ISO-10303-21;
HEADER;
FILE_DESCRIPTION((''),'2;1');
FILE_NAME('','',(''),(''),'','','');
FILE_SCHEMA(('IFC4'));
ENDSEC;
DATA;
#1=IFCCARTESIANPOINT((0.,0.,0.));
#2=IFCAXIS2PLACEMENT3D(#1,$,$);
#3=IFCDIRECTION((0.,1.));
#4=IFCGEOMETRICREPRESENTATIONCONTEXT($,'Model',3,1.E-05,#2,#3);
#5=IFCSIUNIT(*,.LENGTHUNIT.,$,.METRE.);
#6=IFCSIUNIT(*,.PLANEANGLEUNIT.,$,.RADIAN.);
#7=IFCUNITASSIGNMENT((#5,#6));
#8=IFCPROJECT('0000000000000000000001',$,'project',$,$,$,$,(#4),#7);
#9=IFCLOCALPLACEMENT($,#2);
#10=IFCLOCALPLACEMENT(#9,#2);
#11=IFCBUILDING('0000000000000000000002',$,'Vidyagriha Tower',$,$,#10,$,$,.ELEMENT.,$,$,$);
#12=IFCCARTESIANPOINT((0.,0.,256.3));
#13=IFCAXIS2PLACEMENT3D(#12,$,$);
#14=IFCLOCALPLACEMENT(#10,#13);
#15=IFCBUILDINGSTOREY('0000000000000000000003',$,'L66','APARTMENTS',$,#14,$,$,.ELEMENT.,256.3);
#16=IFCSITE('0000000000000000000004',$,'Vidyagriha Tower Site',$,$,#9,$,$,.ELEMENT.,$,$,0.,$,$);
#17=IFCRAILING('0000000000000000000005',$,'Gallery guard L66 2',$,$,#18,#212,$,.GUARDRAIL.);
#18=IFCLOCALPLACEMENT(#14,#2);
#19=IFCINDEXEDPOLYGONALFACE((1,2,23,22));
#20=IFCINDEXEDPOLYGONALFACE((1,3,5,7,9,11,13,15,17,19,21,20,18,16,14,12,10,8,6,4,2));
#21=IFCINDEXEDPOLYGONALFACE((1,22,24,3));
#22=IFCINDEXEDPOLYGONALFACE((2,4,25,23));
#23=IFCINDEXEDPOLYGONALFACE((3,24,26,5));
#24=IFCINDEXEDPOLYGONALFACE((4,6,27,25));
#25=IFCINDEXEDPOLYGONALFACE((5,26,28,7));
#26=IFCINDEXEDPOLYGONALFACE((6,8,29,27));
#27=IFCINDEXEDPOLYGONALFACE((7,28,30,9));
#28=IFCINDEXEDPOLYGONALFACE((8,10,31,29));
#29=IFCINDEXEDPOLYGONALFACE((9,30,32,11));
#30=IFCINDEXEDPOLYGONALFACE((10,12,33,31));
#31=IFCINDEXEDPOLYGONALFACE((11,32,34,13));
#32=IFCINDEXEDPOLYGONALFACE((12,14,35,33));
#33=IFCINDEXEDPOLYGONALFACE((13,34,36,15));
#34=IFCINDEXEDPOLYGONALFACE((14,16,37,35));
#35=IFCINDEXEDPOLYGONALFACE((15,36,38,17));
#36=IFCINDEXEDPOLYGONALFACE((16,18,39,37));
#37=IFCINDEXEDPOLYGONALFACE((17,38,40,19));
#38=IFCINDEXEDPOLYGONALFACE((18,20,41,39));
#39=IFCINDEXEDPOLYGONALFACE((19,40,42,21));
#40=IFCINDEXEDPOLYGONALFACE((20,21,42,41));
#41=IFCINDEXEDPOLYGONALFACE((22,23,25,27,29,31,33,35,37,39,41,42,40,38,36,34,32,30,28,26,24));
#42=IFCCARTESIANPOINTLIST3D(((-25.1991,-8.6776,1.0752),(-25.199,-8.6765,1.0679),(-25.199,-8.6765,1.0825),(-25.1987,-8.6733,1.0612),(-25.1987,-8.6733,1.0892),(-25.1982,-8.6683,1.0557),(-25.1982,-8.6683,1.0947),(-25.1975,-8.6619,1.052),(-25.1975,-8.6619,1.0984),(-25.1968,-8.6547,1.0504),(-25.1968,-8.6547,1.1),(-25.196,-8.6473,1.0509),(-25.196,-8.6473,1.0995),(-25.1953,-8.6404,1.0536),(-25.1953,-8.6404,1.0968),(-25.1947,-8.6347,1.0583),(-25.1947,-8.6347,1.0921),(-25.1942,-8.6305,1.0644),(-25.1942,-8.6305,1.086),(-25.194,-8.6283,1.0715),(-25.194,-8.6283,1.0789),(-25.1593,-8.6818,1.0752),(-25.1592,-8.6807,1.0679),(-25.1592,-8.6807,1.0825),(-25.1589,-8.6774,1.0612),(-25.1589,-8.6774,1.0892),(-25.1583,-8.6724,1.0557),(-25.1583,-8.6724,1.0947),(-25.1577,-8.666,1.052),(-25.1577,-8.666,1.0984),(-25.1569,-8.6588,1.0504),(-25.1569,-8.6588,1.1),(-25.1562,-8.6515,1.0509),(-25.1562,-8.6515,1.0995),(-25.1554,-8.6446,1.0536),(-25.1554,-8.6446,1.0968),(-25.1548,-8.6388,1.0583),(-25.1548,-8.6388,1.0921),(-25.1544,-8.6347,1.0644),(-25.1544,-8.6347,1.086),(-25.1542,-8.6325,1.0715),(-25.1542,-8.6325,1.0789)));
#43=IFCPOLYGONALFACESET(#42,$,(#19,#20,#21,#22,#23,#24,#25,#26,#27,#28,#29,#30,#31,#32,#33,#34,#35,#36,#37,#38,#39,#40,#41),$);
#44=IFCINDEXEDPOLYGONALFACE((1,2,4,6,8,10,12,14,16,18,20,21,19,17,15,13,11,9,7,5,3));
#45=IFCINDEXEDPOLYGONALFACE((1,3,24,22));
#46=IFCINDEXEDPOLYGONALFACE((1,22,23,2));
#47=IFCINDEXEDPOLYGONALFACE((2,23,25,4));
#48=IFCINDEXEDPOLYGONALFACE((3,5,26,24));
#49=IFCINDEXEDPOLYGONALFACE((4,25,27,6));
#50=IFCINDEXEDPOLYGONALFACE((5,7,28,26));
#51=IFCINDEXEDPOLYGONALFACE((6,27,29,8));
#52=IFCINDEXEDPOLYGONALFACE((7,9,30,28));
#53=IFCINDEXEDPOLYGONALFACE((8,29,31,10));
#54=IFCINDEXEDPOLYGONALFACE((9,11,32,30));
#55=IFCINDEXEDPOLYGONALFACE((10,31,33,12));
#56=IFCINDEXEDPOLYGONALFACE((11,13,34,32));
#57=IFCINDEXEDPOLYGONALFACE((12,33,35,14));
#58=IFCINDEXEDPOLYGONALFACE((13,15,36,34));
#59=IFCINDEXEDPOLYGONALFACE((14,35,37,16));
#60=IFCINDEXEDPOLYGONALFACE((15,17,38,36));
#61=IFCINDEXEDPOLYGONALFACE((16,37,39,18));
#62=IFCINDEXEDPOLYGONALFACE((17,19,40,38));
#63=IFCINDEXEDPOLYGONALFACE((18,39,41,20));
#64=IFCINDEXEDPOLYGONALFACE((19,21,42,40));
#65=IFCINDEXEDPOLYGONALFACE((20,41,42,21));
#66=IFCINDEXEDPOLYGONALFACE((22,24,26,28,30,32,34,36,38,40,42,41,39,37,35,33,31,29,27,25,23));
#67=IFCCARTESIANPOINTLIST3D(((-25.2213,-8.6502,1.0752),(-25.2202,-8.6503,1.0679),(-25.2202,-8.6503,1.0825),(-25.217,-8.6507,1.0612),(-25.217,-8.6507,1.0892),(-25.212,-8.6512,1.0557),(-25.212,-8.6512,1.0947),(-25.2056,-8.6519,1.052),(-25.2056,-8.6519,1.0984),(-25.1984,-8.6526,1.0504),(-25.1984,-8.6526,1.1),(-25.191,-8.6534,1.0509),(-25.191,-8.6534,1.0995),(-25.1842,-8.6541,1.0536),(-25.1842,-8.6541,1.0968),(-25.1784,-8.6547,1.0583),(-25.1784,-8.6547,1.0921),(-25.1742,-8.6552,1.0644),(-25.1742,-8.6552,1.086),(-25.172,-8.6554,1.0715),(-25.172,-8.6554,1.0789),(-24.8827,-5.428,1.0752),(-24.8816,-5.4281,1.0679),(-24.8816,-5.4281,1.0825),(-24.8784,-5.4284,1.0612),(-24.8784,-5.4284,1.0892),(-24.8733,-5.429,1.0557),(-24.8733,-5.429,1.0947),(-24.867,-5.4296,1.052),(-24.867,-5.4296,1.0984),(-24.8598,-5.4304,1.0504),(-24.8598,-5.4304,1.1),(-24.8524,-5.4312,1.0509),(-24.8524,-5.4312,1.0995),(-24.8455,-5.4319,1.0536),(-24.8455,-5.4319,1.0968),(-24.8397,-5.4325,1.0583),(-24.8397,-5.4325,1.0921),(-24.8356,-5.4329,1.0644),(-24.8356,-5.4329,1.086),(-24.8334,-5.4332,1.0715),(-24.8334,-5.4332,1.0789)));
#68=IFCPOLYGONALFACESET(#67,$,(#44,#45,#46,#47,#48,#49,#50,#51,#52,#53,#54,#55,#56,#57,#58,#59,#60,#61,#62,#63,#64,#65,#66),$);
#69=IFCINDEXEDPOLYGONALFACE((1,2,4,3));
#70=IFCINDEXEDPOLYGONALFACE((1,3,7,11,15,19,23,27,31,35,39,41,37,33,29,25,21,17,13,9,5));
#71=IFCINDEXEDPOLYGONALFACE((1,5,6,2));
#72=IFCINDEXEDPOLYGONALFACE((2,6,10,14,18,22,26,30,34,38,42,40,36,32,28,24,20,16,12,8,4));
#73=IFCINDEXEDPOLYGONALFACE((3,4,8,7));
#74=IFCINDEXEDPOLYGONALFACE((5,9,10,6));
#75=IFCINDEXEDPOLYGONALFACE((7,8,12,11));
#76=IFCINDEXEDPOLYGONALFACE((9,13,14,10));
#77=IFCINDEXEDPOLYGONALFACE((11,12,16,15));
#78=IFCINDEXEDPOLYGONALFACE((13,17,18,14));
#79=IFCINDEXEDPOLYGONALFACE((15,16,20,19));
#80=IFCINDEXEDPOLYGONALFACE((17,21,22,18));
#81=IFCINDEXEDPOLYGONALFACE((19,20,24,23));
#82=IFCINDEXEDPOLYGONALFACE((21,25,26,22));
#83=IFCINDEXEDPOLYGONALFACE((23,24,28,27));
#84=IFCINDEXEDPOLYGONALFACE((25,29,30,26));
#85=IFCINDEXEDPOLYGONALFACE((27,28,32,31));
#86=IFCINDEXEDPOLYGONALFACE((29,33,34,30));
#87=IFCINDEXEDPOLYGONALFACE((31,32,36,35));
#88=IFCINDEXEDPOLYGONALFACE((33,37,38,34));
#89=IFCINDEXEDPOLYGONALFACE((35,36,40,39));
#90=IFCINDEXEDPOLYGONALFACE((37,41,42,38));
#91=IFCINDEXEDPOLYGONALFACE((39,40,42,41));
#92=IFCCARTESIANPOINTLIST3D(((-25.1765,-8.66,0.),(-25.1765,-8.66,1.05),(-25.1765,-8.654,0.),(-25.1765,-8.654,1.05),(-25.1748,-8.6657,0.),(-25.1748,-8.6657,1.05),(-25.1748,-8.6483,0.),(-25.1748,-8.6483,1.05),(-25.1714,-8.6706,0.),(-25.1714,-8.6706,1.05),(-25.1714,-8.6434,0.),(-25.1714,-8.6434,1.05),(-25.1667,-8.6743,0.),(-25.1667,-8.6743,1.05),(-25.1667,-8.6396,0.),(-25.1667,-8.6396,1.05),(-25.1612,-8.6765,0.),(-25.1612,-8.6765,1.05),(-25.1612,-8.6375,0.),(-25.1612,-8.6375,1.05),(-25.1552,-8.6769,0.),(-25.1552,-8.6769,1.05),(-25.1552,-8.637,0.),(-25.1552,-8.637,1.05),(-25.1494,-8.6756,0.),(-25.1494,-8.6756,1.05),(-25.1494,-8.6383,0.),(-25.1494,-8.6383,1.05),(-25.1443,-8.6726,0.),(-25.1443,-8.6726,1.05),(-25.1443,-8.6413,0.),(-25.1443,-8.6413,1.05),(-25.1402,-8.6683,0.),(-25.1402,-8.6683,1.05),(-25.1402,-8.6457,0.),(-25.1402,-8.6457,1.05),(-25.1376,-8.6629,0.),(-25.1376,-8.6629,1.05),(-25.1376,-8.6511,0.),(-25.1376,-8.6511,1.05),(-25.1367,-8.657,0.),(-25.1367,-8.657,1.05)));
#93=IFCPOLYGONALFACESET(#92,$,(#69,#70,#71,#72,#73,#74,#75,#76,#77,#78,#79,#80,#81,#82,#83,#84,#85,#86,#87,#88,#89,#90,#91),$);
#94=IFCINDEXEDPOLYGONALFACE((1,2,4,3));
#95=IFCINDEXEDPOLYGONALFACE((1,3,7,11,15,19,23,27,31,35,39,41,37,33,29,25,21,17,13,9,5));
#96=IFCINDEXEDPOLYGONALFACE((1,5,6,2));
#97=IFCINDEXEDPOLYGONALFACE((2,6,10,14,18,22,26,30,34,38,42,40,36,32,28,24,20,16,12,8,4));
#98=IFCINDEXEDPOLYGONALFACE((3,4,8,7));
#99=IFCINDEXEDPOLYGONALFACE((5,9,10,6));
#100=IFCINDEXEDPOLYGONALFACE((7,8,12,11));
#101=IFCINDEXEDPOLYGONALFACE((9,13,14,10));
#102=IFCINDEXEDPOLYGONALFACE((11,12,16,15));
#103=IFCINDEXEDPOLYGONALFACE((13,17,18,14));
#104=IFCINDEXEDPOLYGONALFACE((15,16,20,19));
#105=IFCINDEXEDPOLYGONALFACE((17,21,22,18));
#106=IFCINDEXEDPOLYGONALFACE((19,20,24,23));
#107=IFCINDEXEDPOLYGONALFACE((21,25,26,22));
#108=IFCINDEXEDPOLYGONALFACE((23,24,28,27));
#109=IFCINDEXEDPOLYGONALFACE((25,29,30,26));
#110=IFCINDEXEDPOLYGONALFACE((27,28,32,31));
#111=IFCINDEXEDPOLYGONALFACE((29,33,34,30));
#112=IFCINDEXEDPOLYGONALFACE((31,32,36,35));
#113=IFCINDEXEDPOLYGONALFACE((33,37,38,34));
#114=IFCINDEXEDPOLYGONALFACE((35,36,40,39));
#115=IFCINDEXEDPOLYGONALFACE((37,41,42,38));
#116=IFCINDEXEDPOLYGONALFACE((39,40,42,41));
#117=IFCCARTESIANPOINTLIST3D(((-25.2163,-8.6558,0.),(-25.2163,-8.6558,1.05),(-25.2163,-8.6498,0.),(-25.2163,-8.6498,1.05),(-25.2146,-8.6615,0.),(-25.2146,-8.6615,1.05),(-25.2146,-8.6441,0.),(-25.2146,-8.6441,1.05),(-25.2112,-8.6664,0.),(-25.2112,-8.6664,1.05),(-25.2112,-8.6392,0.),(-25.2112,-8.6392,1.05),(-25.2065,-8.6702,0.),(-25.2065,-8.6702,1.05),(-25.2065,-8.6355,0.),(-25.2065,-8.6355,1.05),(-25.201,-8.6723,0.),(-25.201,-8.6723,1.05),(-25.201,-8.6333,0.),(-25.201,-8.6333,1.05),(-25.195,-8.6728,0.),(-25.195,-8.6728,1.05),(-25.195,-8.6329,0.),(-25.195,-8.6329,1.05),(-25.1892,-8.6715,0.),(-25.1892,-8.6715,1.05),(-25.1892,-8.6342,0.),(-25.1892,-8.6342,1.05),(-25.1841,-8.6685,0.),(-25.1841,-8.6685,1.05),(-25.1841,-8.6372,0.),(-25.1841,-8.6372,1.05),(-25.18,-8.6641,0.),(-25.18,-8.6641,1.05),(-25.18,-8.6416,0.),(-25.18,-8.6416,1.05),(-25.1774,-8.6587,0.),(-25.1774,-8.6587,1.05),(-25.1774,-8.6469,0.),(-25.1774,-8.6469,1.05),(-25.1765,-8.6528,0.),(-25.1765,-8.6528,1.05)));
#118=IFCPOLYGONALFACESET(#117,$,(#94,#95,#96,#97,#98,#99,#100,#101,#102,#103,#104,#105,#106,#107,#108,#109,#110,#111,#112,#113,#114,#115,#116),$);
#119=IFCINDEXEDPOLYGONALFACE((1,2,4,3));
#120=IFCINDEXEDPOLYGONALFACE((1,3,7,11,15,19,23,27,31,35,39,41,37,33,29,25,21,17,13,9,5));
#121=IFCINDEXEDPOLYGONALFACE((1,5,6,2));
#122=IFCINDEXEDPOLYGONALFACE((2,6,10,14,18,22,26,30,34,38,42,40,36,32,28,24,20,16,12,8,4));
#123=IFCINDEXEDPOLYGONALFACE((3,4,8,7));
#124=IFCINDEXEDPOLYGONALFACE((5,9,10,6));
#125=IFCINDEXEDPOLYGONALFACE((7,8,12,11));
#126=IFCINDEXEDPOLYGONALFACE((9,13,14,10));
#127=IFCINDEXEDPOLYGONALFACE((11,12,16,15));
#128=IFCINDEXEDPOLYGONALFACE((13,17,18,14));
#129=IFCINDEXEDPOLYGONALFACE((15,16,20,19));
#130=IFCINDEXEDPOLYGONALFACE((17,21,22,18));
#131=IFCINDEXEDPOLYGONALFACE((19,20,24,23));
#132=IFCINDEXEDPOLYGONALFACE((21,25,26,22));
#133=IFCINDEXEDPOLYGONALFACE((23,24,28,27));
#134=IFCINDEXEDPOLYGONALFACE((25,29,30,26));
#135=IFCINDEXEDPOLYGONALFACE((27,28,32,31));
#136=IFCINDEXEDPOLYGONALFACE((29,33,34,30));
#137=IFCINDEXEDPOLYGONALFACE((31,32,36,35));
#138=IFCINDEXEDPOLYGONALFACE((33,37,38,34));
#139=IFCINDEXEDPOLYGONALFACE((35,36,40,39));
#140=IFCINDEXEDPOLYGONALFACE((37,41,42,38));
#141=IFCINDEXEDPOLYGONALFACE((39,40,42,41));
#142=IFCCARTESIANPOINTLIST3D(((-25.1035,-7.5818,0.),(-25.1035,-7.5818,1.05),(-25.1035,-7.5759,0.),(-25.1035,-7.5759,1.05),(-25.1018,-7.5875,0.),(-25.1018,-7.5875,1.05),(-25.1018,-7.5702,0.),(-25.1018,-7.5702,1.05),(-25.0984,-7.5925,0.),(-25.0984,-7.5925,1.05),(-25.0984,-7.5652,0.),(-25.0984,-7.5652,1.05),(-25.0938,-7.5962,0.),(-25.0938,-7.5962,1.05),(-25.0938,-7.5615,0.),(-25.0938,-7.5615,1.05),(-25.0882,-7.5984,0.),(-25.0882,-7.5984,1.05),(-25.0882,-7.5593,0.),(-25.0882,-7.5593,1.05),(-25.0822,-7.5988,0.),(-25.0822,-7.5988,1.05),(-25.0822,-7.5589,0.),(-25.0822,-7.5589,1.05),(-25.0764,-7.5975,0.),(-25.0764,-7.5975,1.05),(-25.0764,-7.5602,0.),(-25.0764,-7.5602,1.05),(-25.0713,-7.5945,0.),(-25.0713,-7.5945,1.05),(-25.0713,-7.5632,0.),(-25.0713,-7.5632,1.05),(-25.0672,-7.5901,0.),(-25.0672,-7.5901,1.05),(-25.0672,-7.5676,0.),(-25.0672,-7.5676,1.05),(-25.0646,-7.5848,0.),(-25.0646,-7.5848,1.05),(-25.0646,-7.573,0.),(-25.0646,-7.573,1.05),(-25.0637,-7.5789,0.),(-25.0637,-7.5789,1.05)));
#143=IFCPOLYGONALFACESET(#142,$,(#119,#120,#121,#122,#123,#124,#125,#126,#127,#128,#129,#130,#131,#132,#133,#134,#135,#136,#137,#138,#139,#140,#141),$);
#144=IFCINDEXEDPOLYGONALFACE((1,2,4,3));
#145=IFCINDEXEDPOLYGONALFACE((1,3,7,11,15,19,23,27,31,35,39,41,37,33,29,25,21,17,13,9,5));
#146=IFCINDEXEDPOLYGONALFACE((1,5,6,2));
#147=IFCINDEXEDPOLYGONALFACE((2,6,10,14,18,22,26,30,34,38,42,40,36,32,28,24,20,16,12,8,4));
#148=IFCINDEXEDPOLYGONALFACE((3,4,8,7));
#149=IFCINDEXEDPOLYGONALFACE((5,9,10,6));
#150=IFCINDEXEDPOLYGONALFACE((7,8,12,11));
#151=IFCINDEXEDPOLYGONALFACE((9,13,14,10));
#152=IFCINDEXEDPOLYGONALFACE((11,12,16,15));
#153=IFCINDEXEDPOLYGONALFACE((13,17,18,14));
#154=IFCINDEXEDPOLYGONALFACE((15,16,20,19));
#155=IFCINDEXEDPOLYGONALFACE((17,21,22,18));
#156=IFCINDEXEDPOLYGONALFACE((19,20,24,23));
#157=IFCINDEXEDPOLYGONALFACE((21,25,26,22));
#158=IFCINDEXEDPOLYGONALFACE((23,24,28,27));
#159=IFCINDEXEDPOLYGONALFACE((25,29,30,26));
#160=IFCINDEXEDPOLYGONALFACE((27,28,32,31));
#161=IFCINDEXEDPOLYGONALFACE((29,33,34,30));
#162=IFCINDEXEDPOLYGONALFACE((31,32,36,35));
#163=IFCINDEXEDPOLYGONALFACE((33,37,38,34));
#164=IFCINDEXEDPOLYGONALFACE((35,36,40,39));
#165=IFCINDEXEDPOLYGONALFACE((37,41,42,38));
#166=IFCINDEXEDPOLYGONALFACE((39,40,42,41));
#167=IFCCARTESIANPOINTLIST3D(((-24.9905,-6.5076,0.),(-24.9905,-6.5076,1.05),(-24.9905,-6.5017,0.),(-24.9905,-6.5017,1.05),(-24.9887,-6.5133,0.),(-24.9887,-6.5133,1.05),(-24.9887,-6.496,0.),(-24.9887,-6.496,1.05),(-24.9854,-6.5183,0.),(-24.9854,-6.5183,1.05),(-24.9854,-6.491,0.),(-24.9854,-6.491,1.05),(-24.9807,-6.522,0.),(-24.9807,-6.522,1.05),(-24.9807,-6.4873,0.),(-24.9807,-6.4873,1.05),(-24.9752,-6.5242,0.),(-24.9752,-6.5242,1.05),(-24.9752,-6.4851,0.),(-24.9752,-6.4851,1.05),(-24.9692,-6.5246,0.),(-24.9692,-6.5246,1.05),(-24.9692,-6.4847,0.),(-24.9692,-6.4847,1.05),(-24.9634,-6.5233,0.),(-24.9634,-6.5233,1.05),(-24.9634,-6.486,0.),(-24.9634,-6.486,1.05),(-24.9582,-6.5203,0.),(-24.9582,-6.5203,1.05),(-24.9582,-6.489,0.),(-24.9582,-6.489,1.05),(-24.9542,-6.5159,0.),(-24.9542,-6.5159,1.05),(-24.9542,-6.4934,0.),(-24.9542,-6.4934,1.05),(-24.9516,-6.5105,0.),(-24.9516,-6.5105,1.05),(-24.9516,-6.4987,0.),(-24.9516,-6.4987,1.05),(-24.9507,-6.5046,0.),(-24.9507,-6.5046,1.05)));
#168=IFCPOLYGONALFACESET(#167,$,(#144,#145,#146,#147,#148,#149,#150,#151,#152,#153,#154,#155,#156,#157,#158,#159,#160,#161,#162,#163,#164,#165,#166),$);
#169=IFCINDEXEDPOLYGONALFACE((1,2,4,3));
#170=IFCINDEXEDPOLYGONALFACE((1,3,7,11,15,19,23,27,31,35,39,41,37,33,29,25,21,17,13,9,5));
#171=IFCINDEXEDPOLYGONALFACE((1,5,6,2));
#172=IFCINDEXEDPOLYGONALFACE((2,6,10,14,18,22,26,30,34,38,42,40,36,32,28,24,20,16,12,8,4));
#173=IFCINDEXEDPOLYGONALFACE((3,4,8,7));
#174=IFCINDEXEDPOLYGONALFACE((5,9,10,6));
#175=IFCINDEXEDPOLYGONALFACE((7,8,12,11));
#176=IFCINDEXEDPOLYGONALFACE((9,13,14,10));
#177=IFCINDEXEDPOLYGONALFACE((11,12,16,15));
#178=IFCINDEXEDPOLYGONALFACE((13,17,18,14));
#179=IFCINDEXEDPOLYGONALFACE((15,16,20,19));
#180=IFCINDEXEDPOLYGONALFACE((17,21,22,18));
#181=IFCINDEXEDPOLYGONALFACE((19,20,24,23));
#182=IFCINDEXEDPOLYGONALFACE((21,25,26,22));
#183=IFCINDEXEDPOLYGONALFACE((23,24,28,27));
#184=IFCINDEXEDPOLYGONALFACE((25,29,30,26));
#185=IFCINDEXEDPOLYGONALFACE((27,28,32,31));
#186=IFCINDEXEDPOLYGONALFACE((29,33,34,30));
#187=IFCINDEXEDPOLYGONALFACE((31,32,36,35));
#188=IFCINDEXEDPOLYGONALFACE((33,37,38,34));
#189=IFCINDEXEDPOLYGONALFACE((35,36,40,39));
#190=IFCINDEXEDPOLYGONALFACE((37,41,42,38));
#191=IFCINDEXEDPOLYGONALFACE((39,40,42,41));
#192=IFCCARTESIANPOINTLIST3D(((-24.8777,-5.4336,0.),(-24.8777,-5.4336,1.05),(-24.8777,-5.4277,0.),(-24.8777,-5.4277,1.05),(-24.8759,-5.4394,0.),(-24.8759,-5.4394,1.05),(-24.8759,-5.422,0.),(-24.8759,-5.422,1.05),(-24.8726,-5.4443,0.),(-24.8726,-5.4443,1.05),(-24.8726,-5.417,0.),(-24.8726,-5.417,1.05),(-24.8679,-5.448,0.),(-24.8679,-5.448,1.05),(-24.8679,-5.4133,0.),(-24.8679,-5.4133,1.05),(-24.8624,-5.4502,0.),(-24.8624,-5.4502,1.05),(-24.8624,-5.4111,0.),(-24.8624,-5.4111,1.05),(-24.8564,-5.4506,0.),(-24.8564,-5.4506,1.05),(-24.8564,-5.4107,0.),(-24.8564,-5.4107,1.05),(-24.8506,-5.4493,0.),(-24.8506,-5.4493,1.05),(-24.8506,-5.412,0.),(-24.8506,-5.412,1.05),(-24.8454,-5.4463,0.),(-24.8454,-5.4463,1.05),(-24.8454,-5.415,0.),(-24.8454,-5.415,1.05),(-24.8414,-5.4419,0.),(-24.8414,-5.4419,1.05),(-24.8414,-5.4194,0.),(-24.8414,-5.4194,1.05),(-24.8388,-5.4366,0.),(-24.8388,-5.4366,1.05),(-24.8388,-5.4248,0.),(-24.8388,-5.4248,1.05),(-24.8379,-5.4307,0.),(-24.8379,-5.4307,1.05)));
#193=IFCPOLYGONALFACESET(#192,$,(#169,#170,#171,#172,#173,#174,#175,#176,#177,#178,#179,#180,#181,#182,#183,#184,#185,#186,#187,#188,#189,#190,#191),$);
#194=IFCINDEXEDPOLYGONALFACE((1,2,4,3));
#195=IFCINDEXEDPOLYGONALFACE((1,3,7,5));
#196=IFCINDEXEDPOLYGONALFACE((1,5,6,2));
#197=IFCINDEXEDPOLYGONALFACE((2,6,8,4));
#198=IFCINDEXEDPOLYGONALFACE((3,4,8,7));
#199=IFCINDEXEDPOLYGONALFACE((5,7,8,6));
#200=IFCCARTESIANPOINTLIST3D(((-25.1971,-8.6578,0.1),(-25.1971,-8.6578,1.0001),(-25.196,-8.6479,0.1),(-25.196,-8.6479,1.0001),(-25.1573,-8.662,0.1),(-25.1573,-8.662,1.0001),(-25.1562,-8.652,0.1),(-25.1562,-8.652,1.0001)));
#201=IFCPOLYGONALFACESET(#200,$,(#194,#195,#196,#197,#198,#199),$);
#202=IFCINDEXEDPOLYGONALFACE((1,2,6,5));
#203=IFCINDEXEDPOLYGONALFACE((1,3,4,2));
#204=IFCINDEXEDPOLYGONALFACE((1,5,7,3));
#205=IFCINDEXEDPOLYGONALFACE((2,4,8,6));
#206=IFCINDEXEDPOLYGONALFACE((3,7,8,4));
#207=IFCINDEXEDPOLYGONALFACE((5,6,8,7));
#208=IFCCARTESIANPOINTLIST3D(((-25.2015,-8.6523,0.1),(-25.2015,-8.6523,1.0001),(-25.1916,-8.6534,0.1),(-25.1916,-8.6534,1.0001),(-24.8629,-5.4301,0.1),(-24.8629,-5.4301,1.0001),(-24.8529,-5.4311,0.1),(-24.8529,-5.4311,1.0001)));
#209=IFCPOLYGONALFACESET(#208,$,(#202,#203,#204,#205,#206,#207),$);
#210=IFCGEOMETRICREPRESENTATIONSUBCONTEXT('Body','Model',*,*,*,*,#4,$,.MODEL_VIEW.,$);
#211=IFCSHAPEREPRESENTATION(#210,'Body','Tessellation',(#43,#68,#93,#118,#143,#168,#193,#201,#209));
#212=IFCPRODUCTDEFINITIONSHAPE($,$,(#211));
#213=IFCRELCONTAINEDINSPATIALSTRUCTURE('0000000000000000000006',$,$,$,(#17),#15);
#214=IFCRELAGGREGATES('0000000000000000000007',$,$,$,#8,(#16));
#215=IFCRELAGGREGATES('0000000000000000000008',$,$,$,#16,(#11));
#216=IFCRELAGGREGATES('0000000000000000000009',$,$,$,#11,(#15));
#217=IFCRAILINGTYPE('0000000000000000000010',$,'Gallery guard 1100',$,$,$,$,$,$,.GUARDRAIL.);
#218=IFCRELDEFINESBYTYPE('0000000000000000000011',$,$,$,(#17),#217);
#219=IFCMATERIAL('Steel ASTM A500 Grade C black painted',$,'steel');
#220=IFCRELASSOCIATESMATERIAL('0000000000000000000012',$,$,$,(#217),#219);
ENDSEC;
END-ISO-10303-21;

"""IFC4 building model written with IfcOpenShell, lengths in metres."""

from ifc_helpers import new_model, si_unit, direction, frame, origin, origin_2d, place, context, subcontext, project, spatial, rectangle, circle, extrude, material, type_object, element, save


model = new_model("IFC4")

# Units and contexts
model_context = context("Model", 3, precision=1e-05, world=origin(), true_north=direction((0.0, 1.0)))
body_context = subcontext(model_context, "Body", "Model", "MODEL_VIEW")
ifc_project = project(units=[si_unit("LENGTHUNIT", "METRE"), si_unit("PLANEANGLEUNIT", "RADIAN")], contexts=[model_context])

# Site, building, storey
site_placement = place(None, origin())
site = spatial("IfcSite", under=ifc_project, at=site_placement, Name="Vidyagriha Tower Site", CompositionType="ELEMENT", RefElevation=0.0)
building_placement = place(site_placement, origin())
building = spatial("IfcBuilding", under=site, at=building_placement, Name="Vidyagriha Tower", CompositionType="ELEMENT")
storey_placement = place(building_placement, frame((0.0, 0.0, 256.3)))
storey = spatial("IfcBuildingStorey", under=building, at=storey_placement, Name="L66", Description="APARTMENTS", CompositionType="ELEMENT", Elevation=256.3)

# Railing
ifc_material_1 = material(Name="Steel ASTM A500 Grade C black painted", Category="steel")
railing_type_1 = type_object("IfcRailingType", Name="Gallery guard 1100", PredefinedType="GUARDRAIL", material=ifc_material_1)
railing_1_placement = place(storey_placement, frame((-25.1567, -8.657, 0.0)))
element("IfcRailing", 1, at=railing_1_placement, inside=storey, type_object=railing_type_1, Name="Gallery guard L66 2", PredefinedType="GUARDRAIL", context=body_context, shape_type="SweptSolid", body=[
    extrude(circle(Radius=0.0249, at=origin_2d()), frame((0.0, 0.0, 1.0752), z_axis=(-0.994605, 0.103732, 0.0), x_axis=(-0.103732, -0.994605, 0.0)), (0.0, 0.0, 1.0), 0.04),
    extrude(circle(Radius=0.0249, at=origin_2d()), frame((-0.0398, 0.0042, 1.0752), z_axis=(0.104516, 0.994523, 0.0), x_axis=(-0.994523, 0.104516, 0.0)), (0.0, 0.0, 1.0), 3.24),
    extrude(circle(Radius=0.02, at=origin_2d()), origin(), (0.0, 0.0, 1.0), 1.05),
    extrude(circle(Radius=0.02, at=origin_2d()), frame((-0.0398, 0.0042, 0.0)), (0.0, 0.0, 1.0), 1.05),
    extrude(circle(Radius=0.02, at=origin_2d()), frame((0.073, 1.0781, 0.0)), (0.0, 0.0, 1.0), 1.05),
    extrude(circle(Radius=0.02, at=origin_2d()), frame((0.186, 2.1523, 0.0)), (0.0, 0.0, 1.0), 1.05),
    extrude(circle(Radius=0.02, at=origin_2d()), frame((0.2988, 3.2263, 0.0)), (0.0, 0.0, 1.0), 1.05),
    extrude(rectangle(XDim=0.01, YDim=0.9001, at=origin_2d()), frame((0.0, 0.0, 0.55), z_axis=(-0.994605, 0.103732, 0.0), x_axis=(-0.103732, -0.994605, 0.0)), (0.0, 0.0, 1.0), 0.04),
    extrude(rectangle(XDim=0.01, YDim=0.9001, at=origin_2d()), frame((-0.0398, 0.0042, 0.55), z_axis=(0.104516, 0.994523, 0.0), x_axis=(-0.994523, 0.104516, 0.0)), (0.0, 0.0, 1.0), 3.24),
])

save(model, "model.ifc")
